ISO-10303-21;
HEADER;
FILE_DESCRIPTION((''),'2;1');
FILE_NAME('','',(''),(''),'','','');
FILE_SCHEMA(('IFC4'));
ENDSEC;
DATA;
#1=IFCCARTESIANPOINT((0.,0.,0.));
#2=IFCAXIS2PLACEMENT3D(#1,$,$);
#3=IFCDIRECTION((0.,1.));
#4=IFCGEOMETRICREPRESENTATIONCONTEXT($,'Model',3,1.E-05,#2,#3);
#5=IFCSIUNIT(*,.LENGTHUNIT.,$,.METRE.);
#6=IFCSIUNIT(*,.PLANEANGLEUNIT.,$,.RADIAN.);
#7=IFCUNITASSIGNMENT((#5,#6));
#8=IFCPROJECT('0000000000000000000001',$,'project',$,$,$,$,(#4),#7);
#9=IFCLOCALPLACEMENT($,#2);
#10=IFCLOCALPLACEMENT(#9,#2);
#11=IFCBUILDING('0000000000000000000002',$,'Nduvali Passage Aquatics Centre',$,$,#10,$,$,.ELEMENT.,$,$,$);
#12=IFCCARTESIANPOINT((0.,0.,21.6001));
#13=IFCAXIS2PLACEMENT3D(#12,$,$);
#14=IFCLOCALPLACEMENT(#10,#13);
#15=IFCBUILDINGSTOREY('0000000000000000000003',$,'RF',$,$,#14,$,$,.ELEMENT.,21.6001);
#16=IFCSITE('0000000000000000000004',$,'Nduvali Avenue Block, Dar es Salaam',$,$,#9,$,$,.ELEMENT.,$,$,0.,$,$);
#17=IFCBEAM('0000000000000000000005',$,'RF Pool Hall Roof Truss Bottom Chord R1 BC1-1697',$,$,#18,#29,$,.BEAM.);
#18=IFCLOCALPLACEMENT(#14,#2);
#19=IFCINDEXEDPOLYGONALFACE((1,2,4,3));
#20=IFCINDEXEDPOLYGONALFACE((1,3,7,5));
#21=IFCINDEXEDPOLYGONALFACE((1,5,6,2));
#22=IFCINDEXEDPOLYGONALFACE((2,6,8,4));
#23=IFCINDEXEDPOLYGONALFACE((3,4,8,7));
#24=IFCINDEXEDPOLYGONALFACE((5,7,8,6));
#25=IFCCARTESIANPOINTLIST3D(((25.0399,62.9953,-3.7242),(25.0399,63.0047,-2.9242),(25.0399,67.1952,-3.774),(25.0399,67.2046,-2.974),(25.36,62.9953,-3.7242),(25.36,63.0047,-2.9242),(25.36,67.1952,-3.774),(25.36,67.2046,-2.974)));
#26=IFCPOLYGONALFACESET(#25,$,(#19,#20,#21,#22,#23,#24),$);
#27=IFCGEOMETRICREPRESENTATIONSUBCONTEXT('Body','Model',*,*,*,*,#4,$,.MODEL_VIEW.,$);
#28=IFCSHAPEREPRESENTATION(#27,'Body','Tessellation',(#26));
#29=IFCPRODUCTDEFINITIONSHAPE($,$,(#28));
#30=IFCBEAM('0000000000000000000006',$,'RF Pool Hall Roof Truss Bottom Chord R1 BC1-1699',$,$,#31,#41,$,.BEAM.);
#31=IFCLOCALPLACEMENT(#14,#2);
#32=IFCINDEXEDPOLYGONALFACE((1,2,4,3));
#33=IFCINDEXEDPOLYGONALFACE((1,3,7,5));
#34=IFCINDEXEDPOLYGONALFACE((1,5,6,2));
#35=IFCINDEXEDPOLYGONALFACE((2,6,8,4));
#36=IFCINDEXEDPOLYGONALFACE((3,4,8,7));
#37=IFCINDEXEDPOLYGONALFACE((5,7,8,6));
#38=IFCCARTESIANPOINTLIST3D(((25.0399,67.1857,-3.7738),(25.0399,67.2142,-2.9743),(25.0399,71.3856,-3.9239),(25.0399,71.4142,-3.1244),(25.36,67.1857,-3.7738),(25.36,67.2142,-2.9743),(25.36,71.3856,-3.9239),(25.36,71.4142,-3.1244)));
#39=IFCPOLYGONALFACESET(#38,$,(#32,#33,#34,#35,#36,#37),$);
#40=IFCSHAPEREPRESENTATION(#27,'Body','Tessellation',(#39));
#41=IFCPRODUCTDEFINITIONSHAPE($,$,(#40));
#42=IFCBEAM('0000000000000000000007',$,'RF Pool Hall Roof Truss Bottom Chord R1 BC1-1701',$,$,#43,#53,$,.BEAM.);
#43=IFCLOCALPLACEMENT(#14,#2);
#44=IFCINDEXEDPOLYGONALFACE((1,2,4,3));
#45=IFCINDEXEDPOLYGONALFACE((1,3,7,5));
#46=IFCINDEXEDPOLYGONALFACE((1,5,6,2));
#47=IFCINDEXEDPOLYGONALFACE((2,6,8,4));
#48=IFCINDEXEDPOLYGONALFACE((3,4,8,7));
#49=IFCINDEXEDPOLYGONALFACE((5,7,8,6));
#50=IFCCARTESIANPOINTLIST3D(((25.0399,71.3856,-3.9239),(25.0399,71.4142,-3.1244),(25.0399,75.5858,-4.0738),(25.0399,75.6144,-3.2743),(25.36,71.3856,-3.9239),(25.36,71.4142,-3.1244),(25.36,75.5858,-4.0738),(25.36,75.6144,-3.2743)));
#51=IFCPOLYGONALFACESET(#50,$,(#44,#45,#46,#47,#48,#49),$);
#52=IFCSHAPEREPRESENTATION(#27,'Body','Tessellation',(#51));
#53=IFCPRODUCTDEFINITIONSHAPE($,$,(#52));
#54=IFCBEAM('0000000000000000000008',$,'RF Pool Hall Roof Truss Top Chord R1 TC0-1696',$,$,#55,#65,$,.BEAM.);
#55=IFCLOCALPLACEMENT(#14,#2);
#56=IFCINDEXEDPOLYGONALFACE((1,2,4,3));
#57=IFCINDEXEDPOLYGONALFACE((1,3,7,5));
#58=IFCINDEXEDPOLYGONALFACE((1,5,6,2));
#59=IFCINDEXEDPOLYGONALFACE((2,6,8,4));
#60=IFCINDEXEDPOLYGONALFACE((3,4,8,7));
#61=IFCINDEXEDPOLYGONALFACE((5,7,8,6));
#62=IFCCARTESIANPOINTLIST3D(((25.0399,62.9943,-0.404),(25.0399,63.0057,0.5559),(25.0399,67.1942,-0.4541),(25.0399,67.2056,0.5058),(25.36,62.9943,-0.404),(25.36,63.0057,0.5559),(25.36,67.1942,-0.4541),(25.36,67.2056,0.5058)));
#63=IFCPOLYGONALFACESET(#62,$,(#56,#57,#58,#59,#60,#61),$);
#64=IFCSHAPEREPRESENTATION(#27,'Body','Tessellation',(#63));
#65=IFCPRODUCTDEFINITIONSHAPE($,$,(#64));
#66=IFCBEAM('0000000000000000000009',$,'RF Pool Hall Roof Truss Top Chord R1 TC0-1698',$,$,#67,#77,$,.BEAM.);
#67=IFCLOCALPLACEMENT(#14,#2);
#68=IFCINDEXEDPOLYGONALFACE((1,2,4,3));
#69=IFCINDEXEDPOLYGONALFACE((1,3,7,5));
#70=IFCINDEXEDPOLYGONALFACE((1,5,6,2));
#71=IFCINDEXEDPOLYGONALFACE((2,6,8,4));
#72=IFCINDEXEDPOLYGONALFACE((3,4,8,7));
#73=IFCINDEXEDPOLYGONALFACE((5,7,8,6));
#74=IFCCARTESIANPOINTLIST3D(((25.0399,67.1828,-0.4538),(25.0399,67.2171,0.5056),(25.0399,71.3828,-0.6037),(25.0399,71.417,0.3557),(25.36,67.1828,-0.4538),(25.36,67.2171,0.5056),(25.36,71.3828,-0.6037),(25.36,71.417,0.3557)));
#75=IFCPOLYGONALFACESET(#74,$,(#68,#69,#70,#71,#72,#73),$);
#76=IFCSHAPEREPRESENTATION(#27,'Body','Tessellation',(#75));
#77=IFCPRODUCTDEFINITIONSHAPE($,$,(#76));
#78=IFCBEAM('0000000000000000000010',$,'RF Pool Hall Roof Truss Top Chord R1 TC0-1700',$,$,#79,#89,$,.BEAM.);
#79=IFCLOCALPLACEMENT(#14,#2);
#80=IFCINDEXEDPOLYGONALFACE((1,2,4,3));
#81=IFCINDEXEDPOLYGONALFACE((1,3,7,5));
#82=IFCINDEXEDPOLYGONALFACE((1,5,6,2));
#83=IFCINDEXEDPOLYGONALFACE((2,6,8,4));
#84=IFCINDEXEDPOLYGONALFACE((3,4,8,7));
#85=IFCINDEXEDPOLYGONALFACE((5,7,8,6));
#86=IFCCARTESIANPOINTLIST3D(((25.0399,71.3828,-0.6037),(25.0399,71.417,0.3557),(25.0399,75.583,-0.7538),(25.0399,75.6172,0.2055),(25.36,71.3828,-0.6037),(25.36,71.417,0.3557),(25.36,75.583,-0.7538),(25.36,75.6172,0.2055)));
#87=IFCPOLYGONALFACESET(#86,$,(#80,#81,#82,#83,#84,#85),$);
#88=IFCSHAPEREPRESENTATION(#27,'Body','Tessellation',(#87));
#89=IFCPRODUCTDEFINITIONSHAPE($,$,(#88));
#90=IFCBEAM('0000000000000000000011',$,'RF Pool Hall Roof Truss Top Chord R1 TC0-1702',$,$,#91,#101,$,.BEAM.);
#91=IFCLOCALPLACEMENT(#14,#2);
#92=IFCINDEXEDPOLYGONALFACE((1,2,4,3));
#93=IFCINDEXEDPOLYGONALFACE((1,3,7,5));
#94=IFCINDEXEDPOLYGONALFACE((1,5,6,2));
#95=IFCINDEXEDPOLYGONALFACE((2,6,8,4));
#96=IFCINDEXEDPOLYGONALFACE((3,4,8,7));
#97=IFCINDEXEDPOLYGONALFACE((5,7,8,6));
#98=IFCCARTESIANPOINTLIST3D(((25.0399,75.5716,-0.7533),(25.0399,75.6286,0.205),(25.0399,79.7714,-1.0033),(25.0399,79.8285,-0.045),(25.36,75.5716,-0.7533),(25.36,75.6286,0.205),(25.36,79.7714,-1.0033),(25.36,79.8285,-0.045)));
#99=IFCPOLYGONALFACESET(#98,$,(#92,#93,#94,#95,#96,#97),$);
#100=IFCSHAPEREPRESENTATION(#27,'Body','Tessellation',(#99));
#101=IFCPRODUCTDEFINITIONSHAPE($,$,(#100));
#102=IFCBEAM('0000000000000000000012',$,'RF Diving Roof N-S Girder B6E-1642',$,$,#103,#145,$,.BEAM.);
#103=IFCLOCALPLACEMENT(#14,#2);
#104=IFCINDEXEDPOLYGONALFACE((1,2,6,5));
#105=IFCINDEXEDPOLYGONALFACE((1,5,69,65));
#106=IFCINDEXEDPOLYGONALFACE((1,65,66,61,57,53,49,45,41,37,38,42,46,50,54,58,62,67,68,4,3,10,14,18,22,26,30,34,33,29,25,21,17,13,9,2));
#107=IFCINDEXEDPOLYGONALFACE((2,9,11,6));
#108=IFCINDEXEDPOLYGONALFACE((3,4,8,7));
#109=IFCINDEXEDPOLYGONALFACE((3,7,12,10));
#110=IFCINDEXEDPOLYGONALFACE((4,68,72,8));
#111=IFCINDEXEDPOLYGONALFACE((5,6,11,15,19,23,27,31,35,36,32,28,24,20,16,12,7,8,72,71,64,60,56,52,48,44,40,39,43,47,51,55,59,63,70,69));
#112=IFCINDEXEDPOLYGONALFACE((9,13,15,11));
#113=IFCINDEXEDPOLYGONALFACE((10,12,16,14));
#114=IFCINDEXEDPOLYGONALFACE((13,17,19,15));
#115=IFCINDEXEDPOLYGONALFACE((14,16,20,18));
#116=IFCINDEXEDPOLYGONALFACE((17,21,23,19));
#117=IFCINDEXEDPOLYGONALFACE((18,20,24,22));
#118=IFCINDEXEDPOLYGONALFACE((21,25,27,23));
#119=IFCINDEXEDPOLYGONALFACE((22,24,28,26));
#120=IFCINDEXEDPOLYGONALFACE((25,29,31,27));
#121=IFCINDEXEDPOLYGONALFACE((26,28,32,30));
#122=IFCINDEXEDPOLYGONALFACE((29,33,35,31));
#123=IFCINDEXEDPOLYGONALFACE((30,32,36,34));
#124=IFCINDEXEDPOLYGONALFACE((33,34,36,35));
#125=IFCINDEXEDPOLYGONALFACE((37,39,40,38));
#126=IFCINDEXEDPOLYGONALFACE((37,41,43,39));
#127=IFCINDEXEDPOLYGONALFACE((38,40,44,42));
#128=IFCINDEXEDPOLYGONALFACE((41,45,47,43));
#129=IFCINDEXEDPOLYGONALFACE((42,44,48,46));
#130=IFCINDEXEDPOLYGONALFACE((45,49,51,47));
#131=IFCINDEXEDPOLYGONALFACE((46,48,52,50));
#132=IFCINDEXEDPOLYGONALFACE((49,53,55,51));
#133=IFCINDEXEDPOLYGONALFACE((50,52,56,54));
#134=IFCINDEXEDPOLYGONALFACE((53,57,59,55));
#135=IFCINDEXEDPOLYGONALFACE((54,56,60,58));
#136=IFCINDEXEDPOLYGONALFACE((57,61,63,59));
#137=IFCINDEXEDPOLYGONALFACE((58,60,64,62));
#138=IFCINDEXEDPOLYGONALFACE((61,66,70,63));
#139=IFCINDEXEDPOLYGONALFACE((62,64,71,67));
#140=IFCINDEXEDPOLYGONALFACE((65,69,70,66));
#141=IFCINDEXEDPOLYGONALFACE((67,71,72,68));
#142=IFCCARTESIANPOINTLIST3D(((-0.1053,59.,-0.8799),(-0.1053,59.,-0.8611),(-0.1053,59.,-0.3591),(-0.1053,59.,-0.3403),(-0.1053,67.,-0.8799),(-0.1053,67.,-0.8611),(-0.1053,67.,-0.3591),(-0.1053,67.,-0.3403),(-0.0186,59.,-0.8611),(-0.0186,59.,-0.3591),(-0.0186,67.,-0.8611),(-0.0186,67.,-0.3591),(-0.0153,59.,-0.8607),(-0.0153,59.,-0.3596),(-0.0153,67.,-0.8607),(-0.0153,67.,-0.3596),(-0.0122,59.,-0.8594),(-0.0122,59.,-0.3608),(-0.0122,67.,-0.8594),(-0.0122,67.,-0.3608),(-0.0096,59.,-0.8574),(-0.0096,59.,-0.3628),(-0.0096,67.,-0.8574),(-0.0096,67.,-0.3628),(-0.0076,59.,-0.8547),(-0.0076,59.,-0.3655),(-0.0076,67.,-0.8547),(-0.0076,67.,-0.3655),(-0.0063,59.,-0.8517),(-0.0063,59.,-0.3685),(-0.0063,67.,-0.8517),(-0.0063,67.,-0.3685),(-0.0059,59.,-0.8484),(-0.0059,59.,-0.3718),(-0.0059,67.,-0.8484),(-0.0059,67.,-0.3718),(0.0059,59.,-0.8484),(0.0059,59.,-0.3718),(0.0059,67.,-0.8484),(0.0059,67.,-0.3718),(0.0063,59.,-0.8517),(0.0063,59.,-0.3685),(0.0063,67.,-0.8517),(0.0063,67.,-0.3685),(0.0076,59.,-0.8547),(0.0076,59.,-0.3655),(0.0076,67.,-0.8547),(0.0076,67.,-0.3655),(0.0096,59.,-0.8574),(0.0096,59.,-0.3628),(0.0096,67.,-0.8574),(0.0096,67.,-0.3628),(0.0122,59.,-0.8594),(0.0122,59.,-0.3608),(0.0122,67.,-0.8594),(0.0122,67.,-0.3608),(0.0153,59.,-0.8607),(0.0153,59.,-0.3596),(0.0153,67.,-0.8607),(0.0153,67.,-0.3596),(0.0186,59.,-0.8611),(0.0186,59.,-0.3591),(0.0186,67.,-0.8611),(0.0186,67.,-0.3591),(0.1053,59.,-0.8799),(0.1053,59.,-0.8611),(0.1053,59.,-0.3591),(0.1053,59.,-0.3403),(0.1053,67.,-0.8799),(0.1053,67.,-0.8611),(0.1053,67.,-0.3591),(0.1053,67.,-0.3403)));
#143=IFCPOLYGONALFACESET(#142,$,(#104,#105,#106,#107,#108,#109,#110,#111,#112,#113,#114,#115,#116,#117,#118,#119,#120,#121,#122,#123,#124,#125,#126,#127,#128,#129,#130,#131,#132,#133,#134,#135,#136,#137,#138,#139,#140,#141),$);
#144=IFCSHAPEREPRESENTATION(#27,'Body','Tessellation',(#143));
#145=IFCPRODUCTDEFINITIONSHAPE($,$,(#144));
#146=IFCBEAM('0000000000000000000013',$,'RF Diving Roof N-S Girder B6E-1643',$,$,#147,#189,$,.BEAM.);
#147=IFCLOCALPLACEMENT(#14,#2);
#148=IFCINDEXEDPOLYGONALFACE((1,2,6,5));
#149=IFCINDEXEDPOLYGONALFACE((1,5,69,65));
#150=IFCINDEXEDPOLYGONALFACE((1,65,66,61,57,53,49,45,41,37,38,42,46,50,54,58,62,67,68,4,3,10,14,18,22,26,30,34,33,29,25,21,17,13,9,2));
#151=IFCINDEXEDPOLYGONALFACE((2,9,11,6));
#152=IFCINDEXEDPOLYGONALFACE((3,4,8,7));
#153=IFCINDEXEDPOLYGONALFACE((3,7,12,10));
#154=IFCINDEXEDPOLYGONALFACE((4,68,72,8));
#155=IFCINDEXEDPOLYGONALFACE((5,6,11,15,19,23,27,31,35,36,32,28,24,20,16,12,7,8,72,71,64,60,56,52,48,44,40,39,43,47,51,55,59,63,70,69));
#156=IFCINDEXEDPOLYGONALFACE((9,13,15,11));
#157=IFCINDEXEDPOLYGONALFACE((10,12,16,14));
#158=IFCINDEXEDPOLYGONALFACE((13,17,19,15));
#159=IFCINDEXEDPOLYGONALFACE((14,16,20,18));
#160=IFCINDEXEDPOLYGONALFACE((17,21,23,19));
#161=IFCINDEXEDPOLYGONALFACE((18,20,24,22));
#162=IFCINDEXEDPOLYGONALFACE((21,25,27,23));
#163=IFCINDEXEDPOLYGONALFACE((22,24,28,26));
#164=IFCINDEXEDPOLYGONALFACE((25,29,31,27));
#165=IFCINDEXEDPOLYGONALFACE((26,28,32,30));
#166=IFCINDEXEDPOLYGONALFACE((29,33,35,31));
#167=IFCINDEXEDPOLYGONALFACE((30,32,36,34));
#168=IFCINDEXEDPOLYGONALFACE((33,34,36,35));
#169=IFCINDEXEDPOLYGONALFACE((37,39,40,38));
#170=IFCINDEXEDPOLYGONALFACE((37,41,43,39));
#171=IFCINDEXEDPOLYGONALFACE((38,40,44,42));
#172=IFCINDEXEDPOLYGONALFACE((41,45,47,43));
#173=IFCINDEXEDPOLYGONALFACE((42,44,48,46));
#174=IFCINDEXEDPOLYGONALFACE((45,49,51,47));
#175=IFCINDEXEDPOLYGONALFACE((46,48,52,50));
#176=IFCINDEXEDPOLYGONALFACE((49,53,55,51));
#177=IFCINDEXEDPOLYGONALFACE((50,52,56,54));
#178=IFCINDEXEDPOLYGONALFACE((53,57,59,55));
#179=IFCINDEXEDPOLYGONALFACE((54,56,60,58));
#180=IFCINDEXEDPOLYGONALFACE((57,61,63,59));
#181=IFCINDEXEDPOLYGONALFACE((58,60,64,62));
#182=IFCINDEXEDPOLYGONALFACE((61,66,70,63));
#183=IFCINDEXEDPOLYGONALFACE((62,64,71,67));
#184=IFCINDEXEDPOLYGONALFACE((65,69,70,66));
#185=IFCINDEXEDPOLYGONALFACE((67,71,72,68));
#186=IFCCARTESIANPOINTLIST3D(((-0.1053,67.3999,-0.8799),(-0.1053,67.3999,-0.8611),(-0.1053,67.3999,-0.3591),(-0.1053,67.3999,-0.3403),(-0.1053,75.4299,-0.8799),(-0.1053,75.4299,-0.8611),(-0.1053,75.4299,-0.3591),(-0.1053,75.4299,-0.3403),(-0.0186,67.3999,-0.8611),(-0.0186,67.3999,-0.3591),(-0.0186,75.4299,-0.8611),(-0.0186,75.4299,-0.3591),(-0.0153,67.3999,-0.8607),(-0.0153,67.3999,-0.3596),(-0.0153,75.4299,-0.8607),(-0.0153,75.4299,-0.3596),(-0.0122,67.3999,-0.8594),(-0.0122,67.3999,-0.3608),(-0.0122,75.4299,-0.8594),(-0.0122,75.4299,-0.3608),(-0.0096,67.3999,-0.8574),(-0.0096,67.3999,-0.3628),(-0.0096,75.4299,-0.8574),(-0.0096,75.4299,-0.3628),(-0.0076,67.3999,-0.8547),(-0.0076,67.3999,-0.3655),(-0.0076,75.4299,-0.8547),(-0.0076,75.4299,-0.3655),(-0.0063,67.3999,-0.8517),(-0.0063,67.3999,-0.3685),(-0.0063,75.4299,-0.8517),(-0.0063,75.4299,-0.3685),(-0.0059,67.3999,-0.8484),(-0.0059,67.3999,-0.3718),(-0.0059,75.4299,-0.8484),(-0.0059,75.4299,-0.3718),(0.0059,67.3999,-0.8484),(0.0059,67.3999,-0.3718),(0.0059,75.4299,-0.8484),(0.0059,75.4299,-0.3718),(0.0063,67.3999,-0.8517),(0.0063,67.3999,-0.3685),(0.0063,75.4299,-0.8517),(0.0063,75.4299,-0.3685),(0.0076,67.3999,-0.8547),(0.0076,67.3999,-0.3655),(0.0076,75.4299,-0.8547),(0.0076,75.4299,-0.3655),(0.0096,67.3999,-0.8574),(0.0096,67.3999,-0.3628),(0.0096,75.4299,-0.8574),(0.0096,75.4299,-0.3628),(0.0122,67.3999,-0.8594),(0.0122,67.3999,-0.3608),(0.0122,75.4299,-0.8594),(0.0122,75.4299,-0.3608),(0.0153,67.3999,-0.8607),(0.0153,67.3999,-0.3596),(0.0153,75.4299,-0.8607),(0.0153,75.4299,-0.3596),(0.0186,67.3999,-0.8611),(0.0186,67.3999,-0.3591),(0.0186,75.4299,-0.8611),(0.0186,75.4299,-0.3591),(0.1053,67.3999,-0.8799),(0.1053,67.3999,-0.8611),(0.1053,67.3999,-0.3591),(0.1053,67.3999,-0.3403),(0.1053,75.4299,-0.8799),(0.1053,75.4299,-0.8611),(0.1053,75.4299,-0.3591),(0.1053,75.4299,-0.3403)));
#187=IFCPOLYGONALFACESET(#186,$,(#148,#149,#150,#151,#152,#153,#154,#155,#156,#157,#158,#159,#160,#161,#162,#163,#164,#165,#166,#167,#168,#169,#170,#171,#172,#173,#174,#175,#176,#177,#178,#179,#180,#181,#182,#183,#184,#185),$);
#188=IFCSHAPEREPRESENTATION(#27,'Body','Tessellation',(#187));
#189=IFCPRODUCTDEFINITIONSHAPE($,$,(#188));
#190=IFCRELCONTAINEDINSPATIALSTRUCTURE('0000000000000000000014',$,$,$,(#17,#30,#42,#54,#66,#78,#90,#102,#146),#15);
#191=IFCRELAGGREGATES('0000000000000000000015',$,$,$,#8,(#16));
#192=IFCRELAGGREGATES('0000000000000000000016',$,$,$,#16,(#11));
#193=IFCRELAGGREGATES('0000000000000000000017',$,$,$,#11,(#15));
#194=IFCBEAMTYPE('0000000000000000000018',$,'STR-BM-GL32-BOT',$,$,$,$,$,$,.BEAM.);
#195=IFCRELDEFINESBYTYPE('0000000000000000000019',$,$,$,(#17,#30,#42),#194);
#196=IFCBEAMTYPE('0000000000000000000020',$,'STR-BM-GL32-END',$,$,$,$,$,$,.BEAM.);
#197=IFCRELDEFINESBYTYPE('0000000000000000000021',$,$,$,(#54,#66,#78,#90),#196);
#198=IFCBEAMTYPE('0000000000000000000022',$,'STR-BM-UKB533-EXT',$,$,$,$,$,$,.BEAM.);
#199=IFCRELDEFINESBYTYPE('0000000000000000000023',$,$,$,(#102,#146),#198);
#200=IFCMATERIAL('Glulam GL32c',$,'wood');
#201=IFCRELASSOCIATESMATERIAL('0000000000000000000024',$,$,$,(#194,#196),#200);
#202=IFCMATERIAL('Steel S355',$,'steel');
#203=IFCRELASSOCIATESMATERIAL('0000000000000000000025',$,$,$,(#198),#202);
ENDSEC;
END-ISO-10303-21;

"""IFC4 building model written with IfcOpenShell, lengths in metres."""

from ifc_helpers import new_model, si_unit, direction, frame, origin, origin_2d, place, context, subcontext, project, spatial, rectangle, i_section, extrude, material, material_profile, profile_set, type_object, element, save


model = new_model("IFC4")

# Units and contexts
model_context = context("Model", 3, precision=1e-05, world=origin(), true_north=direction((0.0, 1.0)))
body_context = subcontext(model_context, "Body", "Model", "MODEL_VIEW")
ifc_project = project(units=[si_unit("LENGTHUNIT", "METRE"), si_unit("PLANEANGLEUNIT", "RADIAN")], contexts=[model_context])

# Site, building, storey
site_placement = place(None, origin())
site = spatial("IfcSite", under=ifc_project, at=site_placement, Name="Nduvali Avenue Block, Dar es Salaam", CompositionType="ELEMENT", RefElevation=0.0)
building_placement = place(site_placement, origin())
building = spatial("IfcBuilding", under=site, at=building_placement, Name="Nduvali Passage Aquatics Centre", CompositionType="ELEMENT")
storey_placement = place(building_placement, frame((0.0, 0.0, 21.6001)))
storey = spatial("IfcBuildingStorey", under=building, at=storey_placement, Name="RF", CompositionType="ELEMENT", Elevation=21.6001)

# Beams
ifc_material_1 = material(Name="Glulam GL32c", Category="wood")
ifc_material_profile_1 = material_profile(ifc_material_1, rectangle(XDim=0.3201, YDim=0.8, at=origin_2d()), Name="GL32c 320x800")
ifc_profile_set_1 = profile_set([ifc_material_profile_1], Name="Glulam GL32c")
beam_type_1 = type_object("IfcBeamType", Name="STR-BM-GL32-BOT", PredefinedType="BEAM", material=ifc_profile_set_1)
beam_1_placement = place(storey_placement, frame((25.2, 63.0, -3.3242), z_axis=(0.0, 0.99993, -0.011858), x_axis=(-1.0, 0.0, 0.0)))
element("IfcBeam", 1, at=beam_1_placement, inside=storey, type_object=beam_type_1, Name="RF Pool Hall Roof Truss Bottom Chord R1 BC1-1697", PredefinedType="BEAM", context=body_context, shape_type="SweptSolid", body=[
    extrude(rectangle(XDim=0.3201, YDim=0.8, at=origin_2d()), origin(), (0.0, 0.0, 1.0), 4.2002),
])
beam_2_placement = place(storey_placement, frame((25.2, 67.2, -3.374), z_axis=(0.0, 0.999362, -0.035727), x_axis=(-1.0, 0.0, 0.0)))
element("IfcBeam", 2, at=beam_2_placement, inside=storey, type_object=beam_type_1, Name="RF Pool Hall Roof Truss Bottom Chord R1 BC1-1699", PredefinedType="BEAM", context=body_context, shape_type="SweptSolid", body=[
    extrude(rectangle(XDim=0.3201, YDim=0.8, at=origin_2d()), origin(), (0.0, 0.0, 1.0), 4.2026),
])
beam_3_placement = place(storey_placement, frame((25.2, 71.3999, -3.5242), z_axis=(0.0, 0.999364, -0.035667), x_axis=(-1.0, 0.0, 0.0)))
element("IfcBeam", 3, at=beam_3_placement, inside=storey, type_object=beam_type_1, Name="RF Pool Hall Roof Truss Bottom Chord R1 BC1-1701", PredefinedType="BEAM", context=body_context, shape_type="SweptSolid", body=[
    extrude(rectangle(XDim=0.3201, YDim=0.8, at=origin_2d()), origin(), (0.0, 0.0, 1.0), 4.2029),
])
ifc_material_profile_2 = material_profile(ifc_material_1, rectangle(XDim=0.3201, YDim=0.96, at=origin_2d()), Name="GL32c 320x960")
ifc_profile_set_2 = profile_set([ifc_material_profile_2], Name="Glulam GL32c")
beam_type_2 = type_object("IfcBeamType", Name="STR-BM-GL32-END", PredefinedType="BEAM", material=ifc_profile_set_2)
beam_4_placement = place(storey_placement, frame((25.2, 63.0, 0.0759), z_axis=(0.0, 0.999929, -0.011916), x_axis=(-1.0, 0.0, 0.0)))
element("IfcBeam", 4, at=beam_4_placement, inside=storey, type_object=beam_type_2, Name="RF Pool Hall Roof Truss Top Chord R1 TC0-1696", PredefinedType="BEAM", context=body_context, shape_type="SweptSolid", body=[
    extrude(rectangle(XDim=0.3201, YDim=0.96, at=origin_2d()), origin(), (0.0, 0.0, 1.0), 4.2002),
])
beam_5_placement = place(storey_placement, frame((25.2, 67.2, 0.0259), z_axis=(0.0, 0.999364, -0.035669), x_axis=(-1.0, 0.0, 0.0)))
element("IfcBeam", 5, at=beam_5_placement, inside=storey, type_object=beam_type_2, Name="RF Pool Hall Roof Truss Top Chord R1 TC0-1698", PredefinedType="BEAM", context=body_context, shape_type="SweptSolid", body=[
    extrude(rectangle(XDim=0.3201, YDim=0.96, at=origin_2d()), origin(), (0.0, 0.0, 1.0), 4.2026),
])
beam_6_placement = place(storey_placement, frame((25.2, 71.3999, -0.124), z_axis=(0.0, 0.999362, -0.035725), x_axis=(-1.0, 0.0, 0.0)))
element("IfcBeam", 6, at=beam_6_placement, inside=storey, type_object=beam_type_2, Name="RF Pool Hall Roof Truss Top Chord R1 TC0-1700", PredefinedType="BEAM", context=body_context, shape_type="SweptSolid", body=[
    extrude(rectangle(XDim=0.3201, YDim=0.96, at=origin_2d()), origin(), (0.0, 0.0, 1.0), 4.2029),
])
beam_7_placement = place(storey_placement, frame((25.2, 75.6001, -0.2742), z_axis=(0.0, 0.998233, -0.059419), x_axis=(-1.0, 0.0, 0.0)))
element("IfcBeam", 7, at=beam_7_placement, inside=storey, type_object=beam_type_2, Name="RF Pool Hall Roof Truss Top Chord R1 TC0-1702", PredefinedType="BEAM", context=body_context, shape_type="SweptSolid", body=[
    extrude(rectangle(XDim=0.3201, YDim=0.96, at=origin_2d()), origin(), (0.0, 0.0, 1.0), 4.2073),
])
ifc_material_2 = material(Name="Steel S355", Category="steel")
ifc_material_profile_3 = material_profile(ifc_material_2, i_section(OverallWidth=0.2107, OverallDepth=0.5396, WebThickness=0.0117, FlangeThickness=0.0188, FilletRadius=0.0127, at=origin_2d()), Name="UKB 533x210x109")
ifc_profile_set_3 = profile_set([ifc_material_profile_3], Name="Steel S355")
beam_type_3 = type_object("IfcBeamType", Name="STR-BM-UKB533-EXT", PredefinedType="BEAM", material=ifc_profile_set_3)
beam_8_placement = place(storey_placement, frame((0.0, 59.0, -0.6101), z_axis=(0.0, 1.0, 0.0), x_axis=(-1.0, 0.0, 0.0)))
element("IfcBeam", 8, at=beam_8_placement, inside=storey, type_object=beam_type_3, Name="RF Diving Roof N-S Girder B6E-1642", PredefinedType="BEAM", context=body_context, shape_type="SweptSolid", body=[
    extrude(i_section(OverallWidth=0.2107, OverallDepth=0.5396, WebThickness=0.0117, FlangeThickness=0.0188, FilletRadius=0.0127, at=origin_2d()), origin(), (0.0, 0.0, 1.0), 8.0),
])
beam_9_placement = place(storey_placement, frame((0.0, 67.3999, -0.6101), z_axis=(0.0, 1.0, 0.0), x_axis=(-1.0, 0.0, 0.0)))
element("IfcBeam", 9, at=beam_9_placement, inside=storey, type_object=beam_type_3, Name="RF Diving Roof N-S Girder B6E-1643", PredefinedType="BEAM", context=body_context, shape_type="SweptSolid", body=[
    extrude(i_section(OverallWidth=0.2107, OverallDepth=0.5396, WebThickness=0.0117, FlangeThickness=0.0188, FilletRadius=0.0127, at=origin_2d()), origin(), (0.0, 0.0, 1.0), 8.03),
])

save(model, "model.ifc")
